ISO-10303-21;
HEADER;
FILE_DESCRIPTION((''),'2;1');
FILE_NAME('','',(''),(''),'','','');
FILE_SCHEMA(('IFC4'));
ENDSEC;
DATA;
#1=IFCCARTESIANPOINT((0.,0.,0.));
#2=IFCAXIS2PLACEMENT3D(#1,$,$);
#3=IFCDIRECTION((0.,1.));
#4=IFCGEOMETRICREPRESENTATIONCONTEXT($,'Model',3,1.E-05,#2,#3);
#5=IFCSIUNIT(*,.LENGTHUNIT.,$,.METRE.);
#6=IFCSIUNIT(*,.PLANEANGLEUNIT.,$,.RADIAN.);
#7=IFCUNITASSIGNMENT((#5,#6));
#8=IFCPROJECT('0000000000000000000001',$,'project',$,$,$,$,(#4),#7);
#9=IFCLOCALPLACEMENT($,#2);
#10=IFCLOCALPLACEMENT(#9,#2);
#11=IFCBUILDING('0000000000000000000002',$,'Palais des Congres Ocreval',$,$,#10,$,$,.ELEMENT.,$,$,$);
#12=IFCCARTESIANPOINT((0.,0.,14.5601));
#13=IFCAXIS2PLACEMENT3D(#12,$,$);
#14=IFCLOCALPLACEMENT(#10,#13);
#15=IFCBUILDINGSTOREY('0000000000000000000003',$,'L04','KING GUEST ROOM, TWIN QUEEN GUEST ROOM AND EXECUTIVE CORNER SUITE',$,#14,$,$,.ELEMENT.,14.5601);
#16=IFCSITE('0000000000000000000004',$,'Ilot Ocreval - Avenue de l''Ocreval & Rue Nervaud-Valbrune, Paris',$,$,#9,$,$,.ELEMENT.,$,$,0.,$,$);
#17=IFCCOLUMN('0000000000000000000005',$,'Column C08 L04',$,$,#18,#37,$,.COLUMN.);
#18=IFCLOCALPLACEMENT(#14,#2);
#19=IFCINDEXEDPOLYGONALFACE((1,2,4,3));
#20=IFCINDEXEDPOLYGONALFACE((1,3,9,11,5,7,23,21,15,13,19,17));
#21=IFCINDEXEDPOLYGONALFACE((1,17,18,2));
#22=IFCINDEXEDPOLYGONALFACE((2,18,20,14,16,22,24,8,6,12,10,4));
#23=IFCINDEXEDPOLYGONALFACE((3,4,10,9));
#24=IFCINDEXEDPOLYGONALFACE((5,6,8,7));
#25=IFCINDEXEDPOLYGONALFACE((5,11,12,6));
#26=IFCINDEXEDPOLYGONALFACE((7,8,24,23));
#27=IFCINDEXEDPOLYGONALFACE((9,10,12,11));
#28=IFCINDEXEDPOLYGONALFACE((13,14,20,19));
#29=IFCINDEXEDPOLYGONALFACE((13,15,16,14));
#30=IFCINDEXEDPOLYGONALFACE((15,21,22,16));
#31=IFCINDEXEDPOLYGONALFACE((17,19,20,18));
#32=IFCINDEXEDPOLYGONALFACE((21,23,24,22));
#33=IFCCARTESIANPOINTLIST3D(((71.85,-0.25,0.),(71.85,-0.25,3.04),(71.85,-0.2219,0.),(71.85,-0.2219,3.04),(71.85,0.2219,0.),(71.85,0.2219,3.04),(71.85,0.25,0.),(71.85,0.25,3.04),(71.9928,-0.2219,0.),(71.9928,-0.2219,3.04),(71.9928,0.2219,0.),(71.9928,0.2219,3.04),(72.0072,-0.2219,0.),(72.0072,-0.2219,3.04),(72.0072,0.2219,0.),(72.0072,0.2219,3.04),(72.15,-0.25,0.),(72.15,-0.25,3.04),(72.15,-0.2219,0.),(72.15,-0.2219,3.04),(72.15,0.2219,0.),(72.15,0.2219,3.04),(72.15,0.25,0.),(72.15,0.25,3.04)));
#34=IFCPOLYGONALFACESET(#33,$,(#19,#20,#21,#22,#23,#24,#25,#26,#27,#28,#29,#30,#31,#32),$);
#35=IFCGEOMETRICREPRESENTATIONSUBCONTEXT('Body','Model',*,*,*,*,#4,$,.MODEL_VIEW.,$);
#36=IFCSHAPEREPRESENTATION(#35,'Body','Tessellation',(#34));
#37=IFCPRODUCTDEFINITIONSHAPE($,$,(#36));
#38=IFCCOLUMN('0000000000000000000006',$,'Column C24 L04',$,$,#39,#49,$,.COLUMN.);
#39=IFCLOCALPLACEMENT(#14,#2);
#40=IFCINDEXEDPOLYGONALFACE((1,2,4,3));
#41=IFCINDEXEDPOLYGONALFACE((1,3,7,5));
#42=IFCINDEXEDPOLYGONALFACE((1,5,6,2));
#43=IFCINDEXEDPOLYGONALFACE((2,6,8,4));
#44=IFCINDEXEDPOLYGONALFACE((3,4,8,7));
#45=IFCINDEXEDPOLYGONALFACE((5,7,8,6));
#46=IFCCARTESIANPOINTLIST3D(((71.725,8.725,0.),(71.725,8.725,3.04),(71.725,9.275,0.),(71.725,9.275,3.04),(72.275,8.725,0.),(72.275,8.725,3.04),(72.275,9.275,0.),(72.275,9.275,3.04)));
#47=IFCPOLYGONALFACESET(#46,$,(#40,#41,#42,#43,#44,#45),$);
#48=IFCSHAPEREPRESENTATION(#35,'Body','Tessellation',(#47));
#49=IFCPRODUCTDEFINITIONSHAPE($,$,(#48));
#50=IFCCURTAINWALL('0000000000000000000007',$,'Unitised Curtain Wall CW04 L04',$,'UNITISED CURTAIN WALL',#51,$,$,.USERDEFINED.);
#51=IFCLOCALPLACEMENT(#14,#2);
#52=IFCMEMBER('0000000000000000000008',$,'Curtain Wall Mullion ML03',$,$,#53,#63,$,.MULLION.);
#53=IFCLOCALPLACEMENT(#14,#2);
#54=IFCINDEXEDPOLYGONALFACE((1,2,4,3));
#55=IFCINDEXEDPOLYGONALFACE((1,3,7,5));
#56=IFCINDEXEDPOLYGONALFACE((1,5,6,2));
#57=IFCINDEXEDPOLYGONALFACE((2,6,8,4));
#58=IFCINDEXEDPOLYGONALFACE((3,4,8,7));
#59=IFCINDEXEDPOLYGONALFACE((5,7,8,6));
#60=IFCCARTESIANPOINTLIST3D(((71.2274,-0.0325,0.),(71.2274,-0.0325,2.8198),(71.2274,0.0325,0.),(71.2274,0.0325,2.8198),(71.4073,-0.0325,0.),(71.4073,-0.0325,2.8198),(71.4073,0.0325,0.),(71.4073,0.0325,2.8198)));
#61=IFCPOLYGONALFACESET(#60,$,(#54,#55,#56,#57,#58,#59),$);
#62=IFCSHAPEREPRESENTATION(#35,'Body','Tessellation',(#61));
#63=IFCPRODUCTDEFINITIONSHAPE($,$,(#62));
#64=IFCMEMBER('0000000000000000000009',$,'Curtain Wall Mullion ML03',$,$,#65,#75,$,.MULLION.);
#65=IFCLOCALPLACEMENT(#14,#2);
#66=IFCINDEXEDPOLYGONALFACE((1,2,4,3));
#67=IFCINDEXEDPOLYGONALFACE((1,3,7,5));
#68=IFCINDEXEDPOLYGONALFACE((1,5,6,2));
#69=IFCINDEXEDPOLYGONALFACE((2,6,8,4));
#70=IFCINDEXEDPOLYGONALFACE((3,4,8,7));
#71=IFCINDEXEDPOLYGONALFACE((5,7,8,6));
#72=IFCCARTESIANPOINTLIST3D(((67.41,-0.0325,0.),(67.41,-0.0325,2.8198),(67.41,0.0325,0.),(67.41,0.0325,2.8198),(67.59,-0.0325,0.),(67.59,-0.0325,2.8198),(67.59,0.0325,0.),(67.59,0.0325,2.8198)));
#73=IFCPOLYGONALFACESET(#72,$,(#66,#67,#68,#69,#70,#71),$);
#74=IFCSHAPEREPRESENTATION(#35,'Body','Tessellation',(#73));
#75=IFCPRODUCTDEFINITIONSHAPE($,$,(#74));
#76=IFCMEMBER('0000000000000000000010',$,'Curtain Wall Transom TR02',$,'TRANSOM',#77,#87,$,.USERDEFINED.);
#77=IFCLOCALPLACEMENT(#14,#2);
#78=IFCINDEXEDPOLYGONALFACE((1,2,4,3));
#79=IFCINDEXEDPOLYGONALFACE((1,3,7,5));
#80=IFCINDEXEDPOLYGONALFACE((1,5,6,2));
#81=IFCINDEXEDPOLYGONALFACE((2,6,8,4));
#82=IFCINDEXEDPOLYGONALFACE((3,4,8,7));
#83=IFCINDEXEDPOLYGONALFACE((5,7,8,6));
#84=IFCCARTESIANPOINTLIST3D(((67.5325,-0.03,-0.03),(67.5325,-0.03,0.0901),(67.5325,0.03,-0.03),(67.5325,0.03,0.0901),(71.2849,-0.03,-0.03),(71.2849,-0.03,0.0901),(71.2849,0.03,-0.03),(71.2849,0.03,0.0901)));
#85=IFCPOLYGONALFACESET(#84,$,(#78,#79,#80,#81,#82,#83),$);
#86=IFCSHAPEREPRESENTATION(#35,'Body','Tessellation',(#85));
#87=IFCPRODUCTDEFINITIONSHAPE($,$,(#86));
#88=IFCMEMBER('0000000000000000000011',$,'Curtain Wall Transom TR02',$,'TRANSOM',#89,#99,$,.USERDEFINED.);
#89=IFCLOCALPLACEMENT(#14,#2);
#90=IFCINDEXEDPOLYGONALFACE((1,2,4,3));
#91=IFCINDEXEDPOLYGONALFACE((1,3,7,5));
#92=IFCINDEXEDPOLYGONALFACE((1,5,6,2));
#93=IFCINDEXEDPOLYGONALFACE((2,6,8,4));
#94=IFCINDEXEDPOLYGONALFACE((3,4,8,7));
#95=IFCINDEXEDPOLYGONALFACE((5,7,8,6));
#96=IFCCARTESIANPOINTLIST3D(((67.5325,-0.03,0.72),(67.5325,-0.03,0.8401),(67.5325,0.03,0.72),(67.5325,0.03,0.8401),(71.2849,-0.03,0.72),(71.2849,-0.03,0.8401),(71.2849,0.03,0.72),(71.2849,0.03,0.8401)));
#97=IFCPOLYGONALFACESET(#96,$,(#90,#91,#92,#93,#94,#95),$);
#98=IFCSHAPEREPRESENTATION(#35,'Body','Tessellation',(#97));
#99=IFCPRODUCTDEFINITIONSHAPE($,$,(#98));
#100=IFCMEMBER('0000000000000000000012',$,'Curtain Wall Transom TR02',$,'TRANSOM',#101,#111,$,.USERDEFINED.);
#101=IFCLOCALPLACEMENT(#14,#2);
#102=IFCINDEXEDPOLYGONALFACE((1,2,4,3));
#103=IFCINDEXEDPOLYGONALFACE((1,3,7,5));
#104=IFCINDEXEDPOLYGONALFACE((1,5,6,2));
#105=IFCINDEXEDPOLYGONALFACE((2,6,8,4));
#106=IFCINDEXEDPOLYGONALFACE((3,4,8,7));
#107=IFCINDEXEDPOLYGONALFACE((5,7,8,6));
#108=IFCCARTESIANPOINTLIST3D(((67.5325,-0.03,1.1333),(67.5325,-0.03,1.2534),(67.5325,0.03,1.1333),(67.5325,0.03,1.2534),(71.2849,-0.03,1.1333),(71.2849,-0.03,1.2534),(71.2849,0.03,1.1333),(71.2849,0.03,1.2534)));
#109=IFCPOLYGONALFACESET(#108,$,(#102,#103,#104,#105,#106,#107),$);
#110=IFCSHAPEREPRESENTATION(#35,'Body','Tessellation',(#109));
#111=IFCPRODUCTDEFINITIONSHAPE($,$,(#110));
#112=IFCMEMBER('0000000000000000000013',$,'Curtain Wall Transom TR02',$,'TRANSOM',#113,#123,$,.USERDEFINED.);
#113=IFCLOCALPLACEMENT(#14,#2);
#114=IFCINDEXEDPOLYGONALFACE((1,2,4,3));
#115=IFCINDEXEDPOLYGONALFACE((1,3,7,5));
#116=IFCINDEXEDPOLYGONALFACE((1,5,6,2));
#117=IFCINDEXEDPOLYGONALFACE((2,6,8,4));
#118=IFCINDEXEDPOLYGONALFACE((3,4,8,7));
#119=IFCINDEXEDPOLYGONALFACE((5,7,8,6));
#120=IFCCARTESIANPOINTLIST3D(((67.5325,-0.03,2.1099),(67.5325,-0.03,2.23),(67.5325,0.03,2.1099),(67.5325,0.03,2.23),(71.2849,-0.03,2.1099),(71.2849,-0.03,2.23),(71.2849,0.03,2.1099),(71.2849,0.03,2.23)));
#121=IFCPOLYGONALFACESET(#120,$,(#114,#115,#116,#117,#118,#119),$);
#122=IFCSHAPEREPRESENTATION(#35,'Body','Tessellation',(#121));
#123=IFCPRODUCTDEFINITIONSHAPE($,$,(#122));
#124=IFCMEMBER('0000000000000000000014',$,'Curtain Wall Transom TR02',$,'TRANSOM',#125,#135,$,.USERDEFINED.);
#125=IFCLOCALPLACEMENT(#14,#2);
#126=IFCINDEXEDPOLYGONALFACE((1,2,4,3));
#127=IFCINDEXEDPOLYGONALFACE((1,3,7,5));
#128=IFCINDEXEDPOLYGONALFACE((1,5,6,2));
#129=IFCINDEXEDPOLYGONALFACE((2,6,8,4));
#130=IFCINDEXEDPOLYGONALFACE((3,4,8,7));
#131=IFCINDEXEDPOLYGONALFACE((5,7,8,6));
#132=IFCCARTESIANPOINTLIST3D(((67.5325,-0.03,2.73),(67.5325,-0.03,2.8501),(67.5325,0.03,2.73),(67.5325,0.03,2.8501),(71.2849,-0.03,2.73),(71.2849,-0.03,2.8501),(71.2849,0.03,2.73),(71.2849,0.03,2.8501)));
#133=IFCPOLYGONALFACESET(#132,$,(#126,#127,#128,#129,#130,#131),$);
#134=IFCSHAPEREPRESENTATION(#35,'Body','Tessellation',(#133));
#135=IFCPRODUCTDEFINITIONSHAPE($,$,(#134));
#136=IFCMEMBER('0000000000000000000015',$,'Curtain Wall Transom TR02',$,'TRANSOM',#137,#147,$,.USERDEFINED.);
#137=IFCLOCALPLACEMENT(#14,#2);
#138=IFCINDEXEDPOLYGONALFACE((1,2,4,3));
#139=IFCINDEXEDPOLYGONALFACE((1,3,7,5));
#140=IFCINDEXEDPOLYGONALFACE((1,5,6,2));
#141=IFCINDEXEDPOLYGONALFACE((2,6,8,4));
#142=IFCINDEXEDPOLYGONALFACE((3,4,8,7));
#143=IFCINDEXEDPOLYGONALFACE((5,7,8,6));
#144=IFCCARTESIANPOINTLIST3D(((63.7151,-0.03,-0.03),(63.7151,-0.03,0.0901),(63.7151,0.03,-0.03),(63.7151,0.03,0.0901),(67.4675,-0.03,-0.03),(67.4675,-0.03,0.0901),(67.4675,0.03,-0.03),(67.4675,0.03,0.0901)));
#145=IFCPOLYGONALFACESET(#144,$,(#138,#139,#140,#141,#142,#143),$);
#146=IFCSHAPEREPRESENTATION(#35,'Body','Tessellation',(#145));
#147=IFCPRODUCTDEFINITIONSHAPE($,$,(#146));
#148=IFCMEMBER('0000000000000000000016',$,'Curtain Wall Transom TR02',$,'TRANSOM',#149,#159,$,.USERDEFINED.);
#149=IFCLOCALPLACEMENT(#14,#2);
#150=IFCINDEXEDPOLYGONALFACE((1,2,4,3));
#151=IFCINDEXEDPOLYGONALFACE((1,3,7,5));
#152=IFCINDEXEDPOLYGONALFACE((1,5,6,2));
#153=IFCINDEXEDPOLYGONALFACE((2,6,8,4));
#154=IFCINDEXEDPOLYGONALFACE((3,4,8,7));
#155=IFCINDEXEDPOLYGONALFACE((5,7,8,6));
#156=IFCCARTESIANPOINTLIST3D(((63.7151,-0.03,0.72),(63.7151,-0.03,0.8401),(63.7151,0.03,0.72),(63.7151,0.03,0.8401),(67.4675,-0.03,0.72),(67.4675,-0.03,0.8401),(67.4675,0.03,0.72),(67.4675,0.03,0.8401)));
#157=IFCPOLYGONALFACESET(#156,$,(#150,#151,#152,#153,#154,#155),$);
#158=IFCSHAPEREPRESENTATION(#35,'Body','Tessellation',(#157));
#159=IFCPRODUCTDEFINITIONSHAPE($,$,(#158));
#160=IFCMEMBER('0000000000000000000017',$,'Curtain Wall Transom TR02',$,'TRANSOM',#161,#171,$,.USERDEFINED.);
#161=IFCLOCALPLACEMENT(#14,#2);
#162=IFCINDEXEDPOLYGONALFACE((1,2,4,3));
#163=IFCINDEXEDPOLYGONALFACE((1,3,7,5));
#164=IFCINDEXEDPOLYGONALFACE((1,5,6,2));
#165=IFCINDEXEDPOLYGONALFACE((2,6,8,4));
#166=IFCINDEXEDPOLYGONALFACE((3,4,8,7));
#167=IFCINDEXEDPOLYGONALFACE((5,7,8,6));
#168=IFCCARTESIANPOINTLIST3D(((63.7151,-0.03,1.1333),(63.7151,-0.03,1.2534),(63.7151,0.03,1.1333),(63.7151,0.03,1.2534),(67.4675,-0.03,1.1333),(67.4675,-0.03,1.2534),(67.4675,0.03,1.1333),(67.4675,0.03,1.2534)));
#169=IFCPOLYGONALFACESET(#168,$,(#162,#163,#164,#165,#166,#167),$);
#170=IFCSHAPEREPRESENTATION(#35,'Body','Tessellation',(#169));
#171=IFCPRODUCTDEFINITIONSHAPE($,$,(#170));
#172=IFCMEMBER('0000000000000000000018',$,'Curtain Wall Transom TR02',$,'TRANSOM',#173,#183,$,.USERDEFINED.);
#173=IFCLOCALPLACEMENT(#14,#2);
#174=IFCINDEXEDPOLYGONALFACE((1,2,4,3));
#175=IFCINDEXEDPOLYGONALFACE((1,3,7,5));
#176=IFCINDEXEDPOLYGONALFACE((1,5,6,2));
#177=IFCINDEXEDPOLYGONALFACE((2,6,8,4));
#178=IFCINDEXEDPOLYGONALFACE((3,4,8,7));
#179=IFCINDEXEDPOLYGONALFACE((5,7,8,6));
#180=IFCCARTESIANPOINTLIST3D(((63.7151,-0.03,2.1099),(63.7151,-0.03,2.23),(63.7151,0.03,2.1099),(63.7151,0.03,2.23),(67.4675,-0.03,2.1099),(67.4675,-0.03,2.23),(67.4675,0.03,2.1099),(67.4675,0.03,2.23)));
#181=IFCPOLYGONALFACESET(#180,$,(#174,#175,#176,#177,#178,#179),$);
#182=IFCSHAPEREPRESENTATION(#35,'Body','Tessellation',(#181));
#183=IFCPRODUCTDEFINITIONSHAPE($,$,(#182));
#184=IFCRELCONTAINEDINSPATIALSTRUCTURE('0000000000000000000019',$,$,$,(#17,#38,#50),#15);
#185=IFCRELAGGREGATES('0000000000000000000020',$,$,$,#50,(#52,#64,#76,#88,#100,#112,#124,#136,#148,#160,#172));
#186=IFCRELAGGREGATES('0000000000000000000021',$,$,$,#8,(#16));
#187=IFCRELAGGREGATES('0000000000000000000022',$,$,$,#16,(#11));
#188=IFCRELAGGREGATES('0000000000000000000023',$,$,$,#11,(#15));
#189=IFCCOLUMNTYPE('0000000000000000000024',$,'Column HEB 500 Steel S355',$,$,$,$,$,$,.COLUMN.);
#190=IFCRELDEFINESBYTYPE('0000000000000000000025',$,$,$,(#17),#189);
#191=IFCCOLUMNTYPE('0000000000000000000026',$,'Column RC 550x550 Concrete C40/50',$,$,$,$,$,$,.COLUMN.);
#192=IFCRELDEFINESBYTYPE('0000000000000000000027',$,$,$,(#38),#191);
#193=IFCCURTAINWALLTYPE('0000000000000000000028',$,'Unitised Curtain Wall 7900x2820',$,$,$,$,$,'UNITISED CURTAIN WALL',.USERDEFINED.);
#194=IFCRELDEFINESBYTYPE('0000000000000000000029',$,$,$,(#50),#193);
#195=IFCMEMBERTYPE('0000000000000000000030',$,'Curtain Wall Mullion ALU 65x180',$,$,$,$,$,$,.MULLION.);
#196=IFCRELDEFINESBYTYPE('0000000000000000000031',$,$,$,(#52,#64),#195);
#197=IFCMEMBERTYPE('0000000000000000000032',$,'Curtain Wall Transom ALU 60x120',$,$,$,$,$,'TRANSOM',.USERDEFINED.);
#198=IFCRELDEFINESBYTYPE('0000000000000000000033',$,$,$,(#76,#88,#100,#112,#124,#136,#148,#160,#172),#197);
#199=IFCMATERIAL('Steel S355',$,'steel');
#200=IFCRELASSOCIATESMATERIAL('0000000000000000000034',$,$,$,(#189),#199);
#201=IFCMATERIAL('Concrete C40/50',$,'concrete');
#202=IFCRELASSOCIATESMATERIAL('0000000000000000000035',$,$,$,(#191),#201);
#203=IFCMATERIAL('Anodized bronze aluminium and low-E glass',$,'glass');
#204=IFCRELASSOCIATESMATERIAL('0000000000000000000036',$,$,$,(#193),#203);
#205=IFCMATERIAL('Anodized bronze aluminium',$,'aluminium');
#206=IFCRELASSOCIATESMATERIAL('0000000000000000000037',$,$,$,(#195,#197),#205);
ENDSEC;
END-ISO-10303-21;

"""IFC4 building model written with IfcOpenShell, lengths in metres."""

from ifc_helpers import new_model, si_unit, direction, frame, origin, origin_2d, place, context, subcontext, project, spatial, rectangle, i_section, extrude, material, material_profile, profile_set, type_object, element, aggregate, save


model = new_model("IFC4")

# Units and contexts
model_context = context("Model", 3, precision=1e-05, world=origin(), true_north=direction((0.0, 1.0)))
body_context = subcontext(model_context, "Body", "Model", "MODEL_VIEW")
ifc_project = project(units=[si_unit("LENGTHUNIT", "METRE"), si_unit("PLANEANGLEUNIT", "RADIAN")], contexts=[model_context])

# Site, building, storey
site_placement = place(None, origin())
site = spatial("IfcSite", under=ifc_project, at=site_placement, Name="Ilot Ocreval - Avenue de l'Ocreval & Rue Nervaud-Valbrune, Paris", CompositionType="ELEMENT", RefElevation=0.0)
building_placement = place(site_placement, origin())
building = spatial("IfcBuilding", under=site, at=building_placement, Name="Palais des Congres Ocreval", CompositionType="ELEMENT")
storey_placement = place(building_placement, frame((0.0, 0.0, 14.5601)))
storey = spatial("IfcBuildingStorey", under=building, at=storey_placement, Name="L04", Description="KING GUEST ROOM, TWIN QUEEN GUEST ROOM AND EXECUTIVE CORNER SUITE", CompositionType="ELEMENT", Elevation=14.5601)

# Columns
ifc_material_1 = material(Name="Steel S355", Category="steel")
ifc_material_profile_1 = material_profile(ifc_material_1, i_section(OverallWidth=0.3, OverallDepth=0.5, WebThickness=0.0144, FlangeThickness=0.0281, at=origin_2d()), Name="HEB 500")
ifc_profile_set_1 = profile_set([ifc_material_profile_1], Name="Steel S355")
column_type_1 = type_object("IfcColumnType", Name="Column HEB 500 Steel S355", PredefinedType="COLUMN", material=ifc_profile_set_1)
column_1_placement = place(storey_placement, frame((72.0, 0.0, 0.0), z_axis=(0.0, 0.0, 1.0), x_axis=(1.0, 0.0, 0.0)))
element("IfcColumn", 1, at=column_1_placement, inside=storey, type_object=column_type_1, Name="Column C08 L04", PredefinedType="COLUMN", context=body_context, shape_type="SweptSolid", body=[
    extrude(i_section(OverallWidth=0.3, OverallDepth=0.5, WebThickness=0.0144, FlangeThickness=0.0281, at=origin_2d()), origin(), (0.0, 0.0, 1.0), 3.04),
])
ifc_material_2 = material(Name="Concrete C40/50", Category="concrete")
ifc_material_profile_2 = material_profile(ifc_material_2, rectangle(XDim=0.55, YDim=0.55, at=origin_2d()), Name="RC 550x550")
ifc_profile_set_2 = profile_set([ifc_material_profile_2], Name="Concrete C40/50")
column_type_2 = type_object("IfcColumnType", Name="Column RC 550x550 Concrete C40/50", PredefinedType="COLUMN", material=ifc_profile_set_2)
column_2_placement = place(storey_placement, frame((72.0, 9.0, 0.0), z_axis=(0.0, 0.0, 1.0), x_axis=(1.0, 0.0, 0.0)))
element("IfcColumn", 2, at=column_2_placement, inside=storey, type_object=column_type_2, Name="Column C24 L04", PredefinedType="COLUMN", context=body_context, shape_type="SweptSolid", body=[
    extrude(rectangle(XDim=0.55, YDim=0.55, at=origin_2d()), origin(), (0.0, 0.0, 1.0), 3.04),
])

# Curtain wall, members
ifc_material_3 = material(Name="Anodized bronze aluminium and low-E glass", Category="glass")
curtain_wall_type = type_object("IfcCurtainWallType", Name="Unitised Curtain Wall 7900x2820", ElementType="UNITISED CURTAIN WALL", PredefinedType="USERDEFINED", material=ifc_material_3)
curtain_wall_placement = place(storey_placement, origin())
curtain_wall = element("IfcCurtainWall", 3, at=curtain_wall_placement, inside=storey, type_object=curtain_wall_type, Name="Unitised Curtain Wall CW04 L04", ObjectType="UNITISED CURTAIN WALL", PredefinedType="USERDEFINED")
ifc_material_4 = material(Name="Anodized bronze aluminium", Category="aluminium")
ifc_material_profile_3 = material_profile(ifc_material_4, rectangle(XDim=0.0649, YDim=0.1799, at=origin_2d()), Name="ALU 65x180")
ifc_profile_set_3 = profile_set([ifc_material_profile_3], Name="Anodized bronze aluminium")
member_type_1 = type_object("IfcMemberType", Name="Curtain Wall Mullion ALU 65x180", PredefinedType="MULLION", material=ifc_profile_set_3)
member_1_placement = place(storey_placement, frame((71.3174, 0.0, 0.0), z_axis=(0.0, 0.0, 1.0), x_axis=(0.0, -1.0, 0.0)))
member_1 = element("IfcMember", 4, at=member_1_placement, type_object=member_type_1, Name="Curtain Wall Mullion ML03", PredefinedType="MULLION", context=body_context, shape_type="SweptSolid", body=[
    extrude(rectangle(XDim=0.0649, YDim=0.1799, at=origin_2d()), origin(), (0.0, 0.0, 1.0), 2.8198),
])
member_2_placement = place(storey_placement, frame((67.5, 0.0, 0.0), z_axis=(0.0, 0.0, 1.0), x_axis=(0.0, -1.0, 0.0)))
member_2 = element("IfcMember", 5, at=member_2_placement, type_object=member_type_1, Name="Curtain Wall Mullion ML03", PredefinedType="MULLION", context=body_context, shape_type="SweptSolid", body=[
    extrude(rectangle(XDim=0.0649, YDim=0.1799, at=origin_2d()), origin(), (0.0, 0.0, 1.0), 2.8198),
])
ifc_material_profile_4 = material_profile(ifc_material_4, rectangle(XDim=0.0601, YDim=0.1201, at=origin_2d()), Name="ALU 60x120")
ifc_profile_set_4 = profile_set([ifc_material_profile_4], Name="Anodized bronze aluminium")
member_type_2 = type_object("IfcMemberType", Name="Curtain Wall Transom ALU 60x120", ElementType="TRANSOM", PredefinedType="USERDEFINED", material=ifc_profile_set_4)
member_3_placement = place(storey_placement, frame((71.2849, 0.0, 0.03), z_axis=(-1.0, 0.0, 0.0), x_axis=(0.0, -1.0, 0.0)))
member_3 = element("IfcMember", 6, at=member_3_placement, type_object=member_type_2, Name="Curtain Wall Transom TR02", ObjectType="TRANSOM", PredefinedType="USERDEFINED", context=body_context, shape_type="SweptSolid", body=[
    extrude(rectangle(XDim=0.0601, YDim=0.1201, at=origin_2d()), origin(), (0.0, 0.0, 1.0), 3.7524),
])
member_4_placement = place(storey_placement, frame((71.2849, 0.0, 0.78), z_axis=(-1.0, 0.0, 0.0), x_axis=(0.0, -1.0, 0.0)))
member_4 = element("IfcMember", 7, at=member_4_placement, type_object=member_type_2, Name="Curtain Wall Transom TR02", ObjectType="TRANSOM", PredefinedType="USERDEFINED", context=body_context, shape_type="SweptSolid", body=[
    extrude(rectangle(XDim=0.0601, YDim=0.1201, at=origin_2d()), origin(), (0.0, 0.0, 1.0), 3.7524),
])
member_5_placement = place(storey_placement, frame((71.2849, 0.0, 1.1934), z_axis=(-1.0, 0.0, 0.0), x_axis=(0.0, -1.0, 0.0)))
member_5 = element("IfcMember", 8, at=member_5_placement, type_object=member_type_2, Name="Curtain Wall Transom TR02", ObjectType="TRANSOM", PredefinedType="USERDEFINED", context=body_context, shape_type="SweptSolid", body=[
    extrude(rectangle(XDim=0.0601, YDim=0.1201, at=origin_2d()), origin(), (0.0, 0.0, 1.0), 3.7524),
])
member_6_placement = place(storey_placement, frame((71.2849, 0.0, 2.1699), z_axis=(-1.0, 0.0, 0.0), x_axis=(0.0, -1.0, 0.0)))
member_6 = element("IfcMember", 9, at=member_6_placement, type_object=member_type_2, Name="Curtain Wall Transom TR02", ObjectType="TRANSOM", PredefinedType="USERDEFINED", context=body_context, shape_type="SweptSolid", body=[
    extrude(rectangle(XDim=0.0601, YDim=0.1201, at=origin_2d()), origin(), (0.0, 0.0, 1.0), 3.7524),
])
member_7_placement = place(storey_placement, frame((71.2849, 0.0, 2.79), z_axis=(-1.0, 0.0, 0.0), x_axis=(0.0, -1.0, 0.0)))
member_7 = element("IfcMember", 10, at=member_7_placement, type_object=member_type_2, Name="Curtain Wall Transom TR02", ObjectType="TRANSOM", PredefinedType="USERDEFINED", context=body_context, shape_type="SweptSolid", body=[
    extrude(rectangle(XDim=0.0601, YDim=0.1201, at=origin_2d()), origin(), (0.0, 0.0, 1.0), 3.7524),
])
member_8_placement = place(storey_placement, frame((67.4675, 0.0, 0.03), z_axis=(-1.0, 0.0, 0.0), x_axis=(0.0, -1.0, 0.0)))
member_8 = element("IfcMember", 11, at=member_8_placement, type_object=member_type_2, Name="Curtain Wall Transom TR02", ObjectType="TRANSOM", PredefinedType="USERDEFINED", context=body_context, shape_type="SweptSolid", body=[
    extrude(rectangle(XDim=0.0601, YDim=0.1201, at=origin_2d()), origin(), (0.0, 0.0, 1.0), 3.7524),
])
member_9_placement = place(storey_placement, frame((67.4675, 0.0, 0.78), z_axis=(-1.0, 0.0, 0.0), x_axis=(0.0, -1.0, 0.0)))
member_9 = element("IfcMember", 12, at=member_9_placement, type_object=member_type_2, Name="Curtain Wall Transom TR02", ObjectType="TRANSOM", PredefinedType="USERDEFINED", context=body_context, shape_type="SweptSolid", body=[
    extrude(rectangle(XDim=0.0601, YDim=0.1201, at=origin_2d()), origin(), (0.0, 0.0, 1.0), 3.7524),
])
member_10_placement = place(storey_placement, frame((67.4675, 0.0, 1.1934), z_axis=(-1.0, 0.0, 0.0), x_axis=(0.0, -1.0, 0.0)))
member_10 = element("IfcMember", 13, at=member_10_placement, type_object=member_type_2, Name="Curtain Wall Transom TR02", ObjectType="TRANSOM", PredefinedType="USERDEFINED", context=body_context, shape_type="SweptSolid", body=[
    extrude(rectangle(XDim=0.0601, YDim=0.1201, at=origin_2d()), origin(), (0.0, 0.0, 1.0), 3.7524),
])
member_11_placement = place(storey_placement, frame((67.4675, 0.0, 2.1699), z_axis=(-1.0, 0.0, 0.0), x_axis=(0.0, -1.0, 0.0)))
member_11 = element("IfcMember", 14, at=member_11_placement, type_object=member_type_2, Name="Curtain Wall Transom TR02", ObjectType="TRANSOM", PredefinedType="USERDEFINED", context=body_context, shape_type="SweptSolid", body=[
    extrude(rectangle(XDim=0.0601, YDim=0.1201, at=origin_2d()), origin(), (0.0, 0.0, 1.0), 3.7524),
])

aggregate(curtain_wall, [member_1, member_2, member_3, member_4, member_5, member_6, member_7, member_8, member_9, member_10, member_11])

save(model, "model.ifc")
